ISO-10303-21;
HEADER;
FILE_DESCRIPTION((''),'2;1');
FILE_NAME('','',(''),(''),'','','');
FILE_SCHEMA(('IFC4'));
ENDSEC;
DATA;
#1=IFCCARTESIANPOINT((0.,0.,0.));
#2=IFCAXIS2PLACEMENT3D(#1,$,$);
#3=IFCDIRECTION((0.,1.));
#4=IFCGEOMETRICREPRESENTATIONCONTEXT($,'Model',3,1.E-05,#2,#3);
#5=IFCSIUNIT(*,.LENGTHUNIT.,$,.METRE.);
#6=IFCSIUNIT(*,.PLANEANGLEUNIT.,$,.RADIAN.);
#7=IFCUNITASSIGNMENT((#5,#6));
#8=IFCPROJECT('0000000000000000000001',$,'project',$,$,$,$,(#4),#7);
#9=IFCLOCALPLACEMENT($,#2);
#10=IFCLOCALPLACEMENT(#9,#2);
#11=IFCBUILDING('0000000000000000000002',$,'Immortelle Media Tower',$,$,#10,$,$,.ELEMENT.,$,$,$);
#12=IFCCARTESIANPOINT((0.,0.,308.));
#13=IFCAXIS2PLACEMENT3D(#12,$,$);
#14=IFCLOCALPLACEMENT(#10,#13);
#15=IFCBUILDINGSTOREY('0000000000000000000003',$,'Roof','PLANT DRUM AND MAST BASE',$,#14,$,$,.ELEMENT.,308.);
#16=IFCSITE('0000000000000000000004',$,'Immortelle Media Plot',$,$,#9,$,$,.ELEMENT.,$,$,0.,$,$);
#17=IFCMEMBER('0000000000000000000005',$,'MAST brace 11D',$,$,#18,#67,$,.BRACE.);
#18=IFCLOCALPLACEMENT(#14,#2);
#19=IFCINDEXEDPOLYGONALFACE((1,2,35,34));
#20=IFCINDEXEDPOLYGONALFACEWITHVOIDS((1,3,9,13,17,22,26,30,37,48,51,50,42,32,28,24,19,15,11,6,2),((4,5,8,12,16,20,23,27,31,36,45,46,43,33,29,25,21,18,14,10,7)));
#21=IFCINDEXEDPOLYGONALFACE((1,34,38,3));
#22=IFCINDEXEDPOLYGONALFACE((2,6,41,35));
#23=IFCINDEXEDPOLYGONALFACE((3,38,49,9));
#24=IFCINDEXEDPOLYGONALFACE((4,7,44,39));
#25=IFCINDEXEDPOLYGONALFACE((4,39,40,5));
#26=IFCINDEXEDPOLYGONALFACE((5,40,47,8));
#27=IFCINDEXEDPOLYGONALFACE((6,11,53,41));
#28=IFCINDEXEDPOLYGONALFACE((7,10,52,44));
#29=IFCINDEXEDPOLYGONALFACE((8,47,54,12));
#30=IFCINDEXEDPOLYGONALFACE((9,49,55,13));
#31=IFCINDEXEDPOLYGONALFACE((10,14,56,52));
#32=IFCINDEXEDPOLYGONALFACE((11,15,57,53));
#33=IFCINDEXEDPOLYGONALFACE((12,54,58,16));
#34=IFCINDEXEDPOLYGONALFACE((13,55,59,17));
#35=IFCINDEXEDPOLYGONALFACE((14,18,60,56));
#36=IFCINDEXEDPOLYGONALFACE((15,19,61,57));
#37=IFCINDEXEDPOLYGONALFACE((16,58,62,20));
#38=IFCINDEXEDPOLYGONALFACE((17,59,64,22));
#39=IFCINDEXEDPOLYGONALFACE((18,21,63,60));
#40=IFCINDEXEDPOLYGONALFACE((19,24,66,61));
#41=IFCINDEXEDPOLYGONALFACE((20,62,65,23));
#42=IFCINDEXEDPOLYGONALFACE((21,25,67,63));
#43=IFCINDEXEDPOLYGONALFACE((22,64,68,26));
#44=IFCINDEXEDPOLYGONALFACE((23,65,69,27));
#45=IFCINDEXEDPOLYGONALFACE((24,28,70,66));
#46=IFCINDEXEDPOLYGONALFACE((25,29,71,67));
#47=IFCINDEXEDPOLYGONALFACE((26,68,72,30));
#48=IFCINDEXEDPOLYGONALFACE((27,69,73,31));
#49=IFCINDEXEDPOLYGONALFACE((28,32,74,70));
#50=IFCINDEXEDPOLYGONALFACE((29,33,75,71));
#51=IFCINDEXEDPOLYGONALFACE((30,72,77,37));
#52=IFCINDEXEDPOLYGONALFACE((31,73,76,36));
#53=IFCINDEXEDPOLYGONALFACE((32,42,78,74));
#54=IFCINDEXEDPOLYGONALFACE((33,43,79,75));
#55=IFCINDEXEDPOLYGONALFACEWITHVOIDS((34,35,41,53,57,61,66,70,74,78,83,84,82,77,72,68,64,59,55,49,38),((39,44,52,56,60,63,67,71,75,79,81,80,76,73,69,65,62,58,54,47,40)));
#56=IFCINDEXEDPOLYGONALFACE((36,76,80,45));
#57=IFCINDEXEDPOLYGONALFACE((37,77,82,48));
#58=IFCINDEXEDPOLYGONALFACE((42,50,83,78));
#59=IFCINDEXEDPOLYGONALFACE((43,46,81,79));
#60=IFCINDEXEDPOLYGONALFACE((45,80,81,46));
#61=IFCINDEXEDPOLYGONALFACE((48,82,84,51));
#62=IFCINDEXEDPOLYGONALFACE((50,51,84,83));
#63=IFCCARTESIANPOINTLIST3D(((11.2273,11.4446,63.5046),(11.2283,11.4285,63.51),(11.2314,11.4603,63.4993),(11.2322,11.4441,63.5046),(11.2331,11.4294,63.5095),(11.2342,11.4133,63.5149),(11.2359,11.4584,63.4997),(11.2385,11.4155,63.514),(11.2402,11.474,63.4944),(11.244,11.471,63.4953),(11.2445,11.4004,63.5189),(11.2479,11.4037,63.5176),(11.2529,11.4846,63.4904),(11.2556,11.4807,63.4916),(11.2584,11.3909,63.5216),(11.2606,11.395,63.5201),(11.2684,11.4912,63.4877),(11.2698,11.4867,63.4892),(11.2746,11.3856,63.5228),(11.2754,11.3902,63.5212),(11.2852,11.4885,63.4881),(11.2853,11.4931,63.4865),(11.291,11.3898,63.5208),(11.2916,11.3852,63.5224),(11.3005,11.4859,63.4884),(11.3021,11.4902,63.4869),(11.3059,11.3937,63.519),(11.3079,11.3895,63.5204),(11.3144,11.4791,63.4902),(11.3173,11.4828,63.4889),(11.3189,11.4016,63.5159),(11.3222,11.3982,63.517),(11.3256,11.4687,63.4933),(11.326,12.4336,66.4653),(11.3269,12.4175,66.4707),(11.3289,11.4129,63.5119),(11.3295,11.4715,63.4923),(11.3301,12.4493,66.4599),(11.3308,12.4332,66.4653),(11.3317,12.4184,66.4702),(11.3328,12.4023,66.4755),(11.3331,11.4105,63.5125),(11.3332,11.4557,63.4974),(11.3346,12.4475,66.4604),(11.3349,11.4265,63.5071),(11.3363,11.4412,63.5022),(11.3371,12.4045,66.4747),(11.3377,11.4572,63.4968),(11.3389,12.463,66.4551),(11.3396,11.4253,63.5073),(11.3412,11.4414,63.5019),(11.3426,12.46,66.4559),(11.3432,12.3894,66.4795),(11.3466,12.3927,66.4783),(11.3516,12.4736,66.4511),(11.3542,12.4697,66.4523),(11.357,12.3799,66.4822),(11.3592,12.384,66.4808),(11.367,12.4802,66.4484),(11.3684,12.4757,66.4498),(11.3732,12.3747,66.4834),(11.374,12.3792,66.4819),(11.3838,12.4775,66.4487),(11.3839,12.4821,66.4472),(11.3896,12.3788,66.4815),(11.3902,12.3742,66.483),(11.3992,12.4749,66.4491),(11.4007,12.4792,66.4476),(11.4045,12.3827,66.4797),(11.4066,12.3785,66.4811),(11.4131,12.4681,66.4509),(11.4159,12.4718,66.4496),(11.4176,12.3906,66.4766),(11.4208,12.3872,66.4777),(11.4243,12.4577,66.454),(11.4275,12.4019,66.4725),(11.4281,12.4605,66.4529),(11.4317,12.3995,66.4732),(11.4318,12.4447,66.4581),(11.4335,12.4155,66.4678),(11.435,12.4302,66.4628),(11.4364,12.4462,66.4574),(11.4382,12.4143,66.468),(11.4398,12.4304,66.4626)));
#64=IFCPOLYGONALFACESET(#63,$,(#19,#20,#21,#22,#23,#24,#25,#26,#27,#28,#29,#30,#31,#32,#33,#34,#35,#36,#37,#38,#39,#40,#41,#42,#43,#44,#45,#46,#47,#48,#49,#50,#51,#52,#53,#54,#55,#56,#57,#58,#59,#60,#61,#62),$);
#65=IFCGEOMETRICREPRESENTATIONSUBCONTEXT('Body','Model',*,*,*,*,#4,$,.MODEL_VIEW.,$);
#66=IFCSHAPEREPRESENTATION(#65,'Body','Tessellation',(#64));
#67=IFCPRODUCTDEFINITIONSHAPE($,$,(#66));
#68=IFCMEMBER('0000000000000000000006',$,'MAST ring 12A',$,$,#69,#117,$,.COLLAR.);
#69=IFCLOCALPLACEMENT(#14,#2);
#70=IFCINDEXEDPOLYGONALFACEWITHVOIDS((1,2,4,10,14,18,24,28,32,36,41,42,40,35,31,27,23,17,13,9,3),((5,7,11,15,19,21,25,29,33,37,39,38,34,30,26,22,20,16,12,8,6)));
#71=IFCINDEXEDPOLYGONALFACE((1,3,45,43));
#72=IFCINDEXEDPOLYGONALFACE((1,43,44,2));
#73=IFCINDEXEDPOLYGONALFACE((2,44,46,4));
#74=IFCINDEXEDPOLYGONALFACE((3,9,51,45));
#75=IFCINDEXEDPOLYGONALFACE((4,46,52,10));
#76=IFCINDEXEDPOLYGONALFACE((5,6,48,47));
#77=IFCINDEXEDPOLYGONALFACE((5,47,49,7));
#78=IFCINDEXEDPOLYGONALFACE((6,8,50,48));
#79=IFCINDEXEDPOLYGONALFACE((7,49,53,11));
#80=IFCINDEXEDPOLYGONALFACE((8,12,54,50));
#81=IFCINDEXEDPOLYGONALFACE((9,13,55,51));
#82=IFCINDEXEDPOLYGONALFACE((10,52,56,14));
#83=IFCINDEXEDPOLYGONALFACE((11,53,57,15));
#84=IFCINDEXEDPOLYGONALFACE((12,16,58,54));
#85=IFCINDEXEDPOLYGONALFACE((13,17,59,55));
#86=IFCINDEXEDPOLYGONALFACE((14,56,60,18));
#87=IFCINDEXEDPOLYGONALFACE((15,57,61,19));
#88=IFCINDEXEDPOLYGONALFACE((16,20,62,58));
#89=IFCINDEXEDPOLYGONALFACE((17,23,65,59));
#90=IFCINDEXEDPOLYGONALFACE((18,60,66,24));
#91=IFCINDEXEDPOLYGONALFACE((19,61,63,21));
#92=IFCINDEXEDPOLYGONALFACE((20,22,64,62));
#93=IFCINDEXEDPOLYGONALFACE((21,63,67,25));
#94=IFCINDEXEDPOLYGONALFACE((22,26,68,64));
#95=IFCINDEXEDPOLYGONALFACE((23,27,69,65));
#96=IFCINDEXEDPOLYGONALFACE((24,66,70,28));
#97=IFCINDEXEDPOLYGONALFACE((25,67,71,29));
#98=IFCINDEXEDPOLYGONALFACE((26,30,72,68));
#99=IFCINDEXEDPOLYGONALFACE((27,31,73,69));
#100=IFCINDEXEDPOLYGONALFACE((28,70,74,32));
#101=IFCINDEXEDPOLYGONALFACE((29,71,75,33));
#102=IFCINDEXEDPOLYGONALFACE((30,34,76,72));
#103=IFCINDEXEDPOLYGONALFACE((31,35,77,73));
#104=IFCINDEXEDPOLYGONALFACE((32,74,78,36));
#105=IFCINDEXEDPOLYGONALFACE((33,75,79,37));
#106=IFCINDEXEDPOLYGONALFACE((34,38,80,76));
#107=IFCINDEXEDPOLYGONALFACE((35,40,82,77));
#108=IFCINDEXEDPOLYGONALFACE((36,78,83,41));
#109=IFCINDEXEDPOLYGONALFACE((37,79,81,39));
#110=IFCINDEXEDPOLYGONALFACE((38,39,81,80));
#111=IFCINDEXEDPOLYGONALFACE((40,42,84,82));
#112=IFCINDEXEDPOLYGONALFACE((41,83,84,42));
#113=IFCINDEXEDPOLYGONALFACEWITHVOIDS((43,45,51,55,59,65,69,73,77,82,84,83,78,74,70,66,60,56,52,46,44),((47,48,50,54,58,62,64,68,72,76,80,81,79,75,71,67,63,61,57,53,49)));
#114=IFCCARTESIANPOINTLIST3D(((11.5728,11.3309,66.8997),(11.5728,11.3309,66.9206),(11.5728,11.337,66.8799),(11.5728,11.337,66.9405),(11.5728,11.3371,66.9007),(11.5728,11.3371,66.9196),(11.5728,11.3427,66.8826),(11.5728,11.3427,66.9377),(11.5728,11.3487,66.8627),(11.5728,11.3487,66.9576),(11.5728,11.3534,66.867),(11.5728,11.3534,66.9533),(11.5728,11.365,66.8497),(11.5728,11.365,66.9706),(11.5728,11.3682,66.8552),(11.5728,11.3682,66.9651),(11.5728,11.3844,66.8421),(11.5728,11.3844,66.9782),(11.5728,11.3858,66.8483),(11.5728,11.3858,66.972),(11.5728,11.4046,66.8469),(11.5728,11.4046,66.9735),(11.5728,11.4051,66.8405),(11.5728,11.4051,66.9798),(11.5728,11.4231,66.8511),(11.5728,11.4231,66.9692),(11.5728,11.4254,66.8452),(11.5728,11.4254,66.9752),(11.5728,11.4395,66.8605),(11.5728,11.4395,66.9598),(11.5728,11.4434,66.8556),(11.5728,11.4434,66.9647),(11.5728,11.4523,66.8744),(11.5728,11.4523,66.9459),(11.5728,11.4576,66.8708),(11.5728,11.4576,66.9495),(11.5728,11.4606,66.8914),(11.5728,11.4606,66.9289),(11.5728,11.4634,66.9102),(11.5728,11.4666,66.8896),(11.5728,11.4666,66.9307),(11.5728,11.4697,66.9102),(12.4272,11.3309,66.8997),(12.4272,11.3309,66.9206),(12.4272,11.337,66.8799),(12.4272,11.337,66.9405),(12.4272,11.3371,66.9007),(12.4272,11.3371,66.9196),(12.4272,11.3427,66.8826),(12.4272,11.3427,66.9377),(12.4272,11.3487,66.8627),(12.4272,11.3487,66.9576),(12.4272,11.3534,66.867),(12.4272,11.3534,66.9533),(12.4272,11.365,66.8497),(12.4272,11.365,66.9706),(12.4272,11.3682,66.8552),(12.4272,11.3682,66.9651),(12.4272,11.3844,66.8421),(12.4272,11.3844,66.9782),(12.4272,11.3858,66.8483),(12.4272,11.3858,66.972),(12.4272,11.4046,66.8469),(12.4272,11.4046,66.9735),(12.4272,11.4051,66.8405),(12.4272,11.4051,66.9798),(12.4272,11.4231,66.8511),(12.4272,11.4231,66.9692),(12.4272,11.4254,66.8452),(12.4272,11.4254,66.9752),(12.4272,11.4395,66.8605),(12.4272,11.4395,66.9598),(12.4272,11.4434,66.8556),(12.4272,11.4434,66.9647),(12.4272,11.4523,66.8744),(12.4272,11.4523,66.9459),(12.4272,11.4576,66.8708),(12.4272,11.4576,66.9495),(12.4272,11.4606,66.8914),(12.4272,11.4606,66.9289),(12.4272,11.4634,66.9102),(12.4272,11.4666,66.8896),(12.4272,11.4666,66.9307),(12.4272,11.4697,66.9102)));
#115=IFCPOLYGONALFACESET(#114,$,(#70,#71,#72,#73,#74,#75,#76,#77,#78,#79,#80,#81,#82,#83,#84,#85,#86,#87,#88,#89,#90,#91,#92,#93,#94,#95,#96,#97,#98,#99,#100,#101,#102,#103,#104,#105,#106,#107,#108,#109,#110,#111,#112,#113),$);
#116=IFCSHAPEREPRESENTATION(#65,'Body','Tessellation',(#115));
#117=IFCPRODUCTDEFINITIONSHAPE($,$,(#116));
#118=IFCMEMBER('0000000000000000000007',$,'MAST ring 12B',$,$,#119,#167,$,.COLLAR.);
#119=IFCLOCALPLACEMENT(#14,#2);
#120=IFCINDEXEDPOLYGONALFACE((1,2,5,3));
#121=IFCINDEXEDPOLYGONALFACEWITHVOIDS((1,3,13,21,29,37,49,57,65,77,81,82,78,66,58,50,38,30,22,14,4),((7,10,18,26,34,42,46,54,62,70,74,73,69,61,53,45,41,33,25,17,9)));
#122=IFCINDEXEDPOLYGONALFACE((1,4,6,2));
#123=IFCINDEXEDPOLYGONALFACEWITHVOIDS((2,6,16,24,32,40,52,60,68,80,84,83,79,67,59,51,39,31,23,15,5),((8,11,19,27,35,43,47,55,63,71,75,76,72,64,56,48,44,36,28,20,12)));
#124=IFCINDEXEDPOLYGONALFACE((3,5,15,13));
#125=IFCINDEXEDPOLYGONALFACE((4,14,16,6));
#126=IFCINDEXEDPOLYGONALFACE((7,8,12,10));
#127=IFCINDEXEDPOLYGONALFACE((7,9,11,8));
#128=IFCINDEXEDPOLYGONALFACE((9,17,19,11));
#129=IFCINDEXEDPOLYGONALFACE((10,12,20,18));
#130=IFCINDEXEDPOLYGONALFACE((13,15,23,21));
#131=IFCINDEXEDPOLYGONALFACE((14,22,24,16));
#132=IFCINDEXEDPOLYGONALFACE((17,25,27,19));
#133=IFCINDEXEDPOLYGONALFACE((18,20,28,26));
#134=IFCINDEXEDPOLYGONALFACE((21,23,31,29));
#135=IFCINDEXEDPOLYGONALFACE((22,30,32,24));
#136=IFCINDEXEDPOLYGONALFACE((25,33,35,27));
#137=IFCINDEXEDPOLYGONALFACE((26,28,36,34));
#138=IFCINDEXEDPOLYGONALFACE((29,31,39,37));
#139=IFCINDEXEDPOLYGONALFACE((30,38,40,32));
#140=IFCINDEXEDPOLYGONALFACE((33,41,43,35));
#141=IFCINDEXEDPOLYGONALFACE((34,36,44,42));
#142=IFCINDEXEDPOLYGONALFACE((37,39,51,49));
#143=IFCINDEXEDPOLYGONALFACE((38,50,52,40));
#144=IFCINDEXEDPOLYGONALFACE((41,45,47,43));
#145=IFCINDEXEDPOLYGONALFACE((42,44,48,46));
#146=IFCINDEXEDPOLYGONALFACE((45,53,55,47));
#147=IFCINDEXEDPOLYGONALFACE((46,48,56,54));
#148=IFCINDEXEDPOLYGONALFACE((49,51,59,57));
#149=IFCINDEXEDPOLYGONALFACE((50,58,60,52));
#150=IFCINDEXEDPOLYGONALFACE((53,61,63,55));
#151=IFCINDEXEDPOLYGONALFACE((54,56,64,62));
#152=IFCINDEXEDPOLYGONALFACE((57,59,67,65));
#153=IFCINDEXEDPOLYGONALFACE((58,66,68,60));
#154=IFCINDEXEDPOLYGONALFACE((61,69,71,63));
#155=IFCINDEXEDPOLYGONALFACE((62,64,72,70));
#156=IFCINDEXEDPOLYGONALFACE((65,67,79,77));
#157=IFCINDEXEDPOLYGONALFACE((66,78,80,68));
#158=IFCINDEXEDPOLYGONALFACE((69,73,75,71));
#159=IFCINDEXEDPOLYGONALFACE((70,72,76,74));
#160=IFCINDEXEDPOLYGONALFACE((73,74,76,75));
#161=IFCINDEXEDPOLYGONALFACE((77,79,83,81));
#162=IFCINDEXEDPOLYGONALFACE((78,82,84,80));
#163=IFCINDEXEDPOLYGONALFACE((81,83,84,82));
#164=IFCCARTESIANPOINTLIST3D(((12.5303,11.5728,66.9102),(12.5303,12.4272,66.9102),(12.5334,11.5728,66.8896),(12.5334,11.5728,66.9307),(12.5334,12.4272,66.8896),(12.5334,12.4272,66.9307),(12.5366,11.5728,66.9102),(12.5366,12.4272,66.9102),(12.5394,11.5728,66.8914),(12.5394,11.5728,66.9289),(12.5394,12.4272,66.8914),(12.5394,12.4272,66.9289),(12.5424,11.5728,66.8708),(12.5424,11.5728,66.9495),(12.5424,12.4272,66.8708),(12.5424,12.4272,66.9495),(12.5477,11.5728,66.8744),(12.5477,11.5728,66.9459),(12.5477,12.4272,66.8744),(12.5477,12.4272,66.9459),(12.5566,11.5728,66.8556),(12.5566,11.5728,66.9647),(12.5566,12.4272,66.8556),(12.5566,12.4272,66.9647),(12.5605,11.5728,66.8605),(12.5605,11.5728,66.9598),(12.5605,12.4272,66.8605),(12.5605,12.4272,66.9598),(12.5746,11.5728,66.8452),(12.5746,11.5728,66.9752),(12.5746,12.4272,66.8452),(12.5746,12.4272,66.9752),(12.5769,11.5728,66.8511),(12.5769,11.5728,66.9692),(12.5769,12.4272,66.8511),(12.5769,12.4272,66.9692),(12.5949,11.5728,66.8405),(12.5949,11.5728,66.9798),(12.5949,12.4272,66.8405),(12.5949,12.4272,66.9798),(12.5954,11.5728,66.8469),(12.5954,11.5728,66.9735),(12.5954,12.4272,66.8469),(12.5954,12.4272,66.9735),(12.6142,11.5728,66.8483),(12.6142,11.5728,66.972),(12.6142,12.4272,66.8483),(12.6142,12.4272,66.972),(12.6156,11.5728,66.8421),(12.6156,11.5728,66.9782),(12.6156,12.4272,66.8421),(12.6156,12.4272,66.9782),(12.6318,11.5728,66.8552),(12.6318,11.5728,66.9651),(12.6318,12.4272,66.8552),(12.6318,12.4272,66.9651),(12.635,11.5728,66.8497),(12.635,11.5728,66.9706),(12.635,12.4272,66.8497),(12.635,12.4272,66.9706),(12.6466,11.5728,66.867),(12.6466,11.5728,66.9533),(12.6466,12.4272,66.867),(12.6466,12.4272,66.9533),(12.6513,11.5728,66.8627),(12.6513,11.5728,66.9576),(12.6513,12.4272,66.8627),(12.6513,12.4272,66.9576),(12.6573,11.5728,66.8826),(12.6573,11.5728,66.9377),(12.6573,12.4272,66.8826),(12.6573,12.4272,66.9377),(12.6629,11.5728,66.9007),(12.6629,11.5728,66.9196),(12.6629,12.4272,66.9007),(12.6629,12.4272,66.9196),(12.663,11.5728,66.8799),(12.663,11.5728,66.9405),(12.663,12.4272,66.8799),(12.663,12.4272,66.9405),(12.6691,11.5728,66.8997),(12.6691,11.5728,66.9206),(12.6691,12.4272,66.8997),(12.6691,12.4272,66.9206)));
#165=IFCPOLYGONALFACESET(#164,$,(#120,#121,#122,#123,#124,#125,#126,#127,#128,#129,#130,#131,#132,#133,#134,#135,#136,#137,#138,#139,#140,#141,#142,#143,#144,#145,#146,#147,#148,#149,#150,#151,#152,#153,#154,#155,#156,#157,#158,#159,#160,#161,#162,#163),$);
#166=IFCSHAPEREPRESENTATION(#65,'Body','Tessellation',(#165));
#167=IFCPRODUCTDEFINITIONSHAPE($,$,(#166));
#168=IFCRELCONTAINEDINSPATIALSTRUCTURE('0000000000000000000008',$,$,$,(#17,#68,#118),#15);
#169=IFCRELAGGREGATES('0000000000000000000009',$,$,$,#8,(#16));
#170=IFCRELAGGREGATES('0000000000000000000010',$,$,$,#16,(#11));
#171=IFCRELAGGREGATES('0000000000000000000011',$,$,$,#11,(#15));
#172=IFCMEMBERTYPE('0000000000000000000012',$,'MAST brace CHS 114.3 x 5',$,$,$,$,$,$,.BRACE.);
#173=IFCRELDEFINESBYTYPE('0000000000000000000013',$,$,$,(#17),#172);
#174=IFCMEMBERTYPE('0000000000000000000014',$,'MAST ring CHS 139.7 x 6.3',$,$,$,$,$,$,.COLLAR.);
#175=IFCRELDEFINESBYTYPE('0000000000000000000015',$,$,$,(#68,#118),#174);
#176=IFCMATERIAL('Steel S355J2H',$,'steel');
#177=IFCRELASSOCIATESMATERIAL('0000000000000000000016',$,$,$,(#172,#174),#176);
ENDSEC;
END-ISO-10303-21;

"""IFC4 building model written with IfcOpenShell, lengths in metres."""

from ifc_helpers import new_model, si_unit, direction, frame, origin, origin_2d, place, context, subcontext, project, spatial, hollow_circle, extrude, material, material_profile, profile_set, type_object, element, save


model = new_model("IFC4")

# Units and contexts
model_context = context("Model", 3, precision=1e-05, world=origin(), true_north=direction((0.0, 1.0)))
body_context = subcontext(model_context, "Body", "Model", "MODEL_VIEW")
ifc_project = project(units=[si_unit("LENGTHUNIT", "METRE"), si_unit("PLANEANGLEUNIT", "RADIAN")], contexts=[model_context])

# Site, building, storey
site_placement = place(None, origin())
site = spatial("IfcSite", under=ifc_project, at=site_placement, Name="Immortelle Media Plot", CompositionType="ELEMENT", RefElevation=0.0)
building_placement = place(site_placement, origin())
building = spatial("IfcBuilding", under=site, at=building_placement, Name="Immortelle Media Tower", CompositionType="ELEMENT")
storey_placement = place(building_placement, frame((0.0, 0.0, 308.0)))
storey = spatial("IfcBuildingStorey", under=building, at=storey_placement, Name="Roof", Description="PLANT DRUM AND MAST BASE", CompositionType="ELEMENT", Elevation=308.0)

# Members
ifc_material_1 = material(Name="Steel S355J2H", Category="steel")
ifc_material_profile_1 = material_profile(ifc_material_1, hollow_circle(Radius=0.0571, WallThickness=0.0049, at=origin_2d()), Name="CHS 114.3 x 5")
ifc_profile_set_1 = profile_set([ifc_material_profile_1], Name="Steel S355J2H")
member_type_1 = type_object("IfcMemberType", Name="MAST brace CHS 114.3 x 5", PredefinedType="BRACE", material=ifc_profile_set_1)
for number, where, z_axis, x_axis, name in (
    (1, (11.2842, 11.439, 63.5046), (0.031582, 0.31668, 0.948007), (-0.995064, 0.099236, 0.0), "MAST brace 11D"),
):
    element("IfcMember", number, at=place(storey_placement, frame(where, z_axis=z_axis, x_axis=x_axis)), inside=storey, type_object=member_type_1, Name=name, PredefinedType="BRACE", context=body_context, shape_type="SweptSolid", body=[
        extrude(hollow_circle(Radius=0.0571, WallThickness=0.0049, at=origin_2d()), origin(), (0.0, 0.0, 1.0), 3.123),
    ])
ifc_material_profile_2 = material_profile(ifc_material_1, hollow_circle(Radius=0.0698, WallThickness=0.0063, at=origin_2d()), Name="CHS 139.7 x 6.3")
ifc_profile_set_2 = profile_set([ifc_material_profile_2], Name="Steel S355J2H")
member_type_2 = type_object("IfcMemberType", Name="MAST ring CHS 139.7 x 6.3", PredefinedType="COLLAR", material=ifc_profile_set_2)
for number, where, z_axis, x_axis, name in (
    (2, (11.5728, 11.3999, 66.9102), (1.0, 0.0, 0.0), (0.0, 1.0, 0.0), "MAST ring 12A"),
    (3, (12.6001, 11.5728, 66.9102), (0.0, 1.0, 0.0), (-1.0, 0.0, 0.0), "MAST ring 12B"),
):
    element("IfcMember", number, at=place(storey_placement, frame(where, z_axis=z_axis, x_axis=x_axis)), inside=storey, type_object=member_type_2, Name=name, PredefinedType="COLLAR", context=body_context, shape_type="SweptSolid", body=[
        extrude(hollow_circle(Radius=0.0698, WallThickness=0.0063, at=origin_2d()), origin(), (0.0, 0.0, 1.0), 0.8545),
    ])

save(model, "model.ifc")
